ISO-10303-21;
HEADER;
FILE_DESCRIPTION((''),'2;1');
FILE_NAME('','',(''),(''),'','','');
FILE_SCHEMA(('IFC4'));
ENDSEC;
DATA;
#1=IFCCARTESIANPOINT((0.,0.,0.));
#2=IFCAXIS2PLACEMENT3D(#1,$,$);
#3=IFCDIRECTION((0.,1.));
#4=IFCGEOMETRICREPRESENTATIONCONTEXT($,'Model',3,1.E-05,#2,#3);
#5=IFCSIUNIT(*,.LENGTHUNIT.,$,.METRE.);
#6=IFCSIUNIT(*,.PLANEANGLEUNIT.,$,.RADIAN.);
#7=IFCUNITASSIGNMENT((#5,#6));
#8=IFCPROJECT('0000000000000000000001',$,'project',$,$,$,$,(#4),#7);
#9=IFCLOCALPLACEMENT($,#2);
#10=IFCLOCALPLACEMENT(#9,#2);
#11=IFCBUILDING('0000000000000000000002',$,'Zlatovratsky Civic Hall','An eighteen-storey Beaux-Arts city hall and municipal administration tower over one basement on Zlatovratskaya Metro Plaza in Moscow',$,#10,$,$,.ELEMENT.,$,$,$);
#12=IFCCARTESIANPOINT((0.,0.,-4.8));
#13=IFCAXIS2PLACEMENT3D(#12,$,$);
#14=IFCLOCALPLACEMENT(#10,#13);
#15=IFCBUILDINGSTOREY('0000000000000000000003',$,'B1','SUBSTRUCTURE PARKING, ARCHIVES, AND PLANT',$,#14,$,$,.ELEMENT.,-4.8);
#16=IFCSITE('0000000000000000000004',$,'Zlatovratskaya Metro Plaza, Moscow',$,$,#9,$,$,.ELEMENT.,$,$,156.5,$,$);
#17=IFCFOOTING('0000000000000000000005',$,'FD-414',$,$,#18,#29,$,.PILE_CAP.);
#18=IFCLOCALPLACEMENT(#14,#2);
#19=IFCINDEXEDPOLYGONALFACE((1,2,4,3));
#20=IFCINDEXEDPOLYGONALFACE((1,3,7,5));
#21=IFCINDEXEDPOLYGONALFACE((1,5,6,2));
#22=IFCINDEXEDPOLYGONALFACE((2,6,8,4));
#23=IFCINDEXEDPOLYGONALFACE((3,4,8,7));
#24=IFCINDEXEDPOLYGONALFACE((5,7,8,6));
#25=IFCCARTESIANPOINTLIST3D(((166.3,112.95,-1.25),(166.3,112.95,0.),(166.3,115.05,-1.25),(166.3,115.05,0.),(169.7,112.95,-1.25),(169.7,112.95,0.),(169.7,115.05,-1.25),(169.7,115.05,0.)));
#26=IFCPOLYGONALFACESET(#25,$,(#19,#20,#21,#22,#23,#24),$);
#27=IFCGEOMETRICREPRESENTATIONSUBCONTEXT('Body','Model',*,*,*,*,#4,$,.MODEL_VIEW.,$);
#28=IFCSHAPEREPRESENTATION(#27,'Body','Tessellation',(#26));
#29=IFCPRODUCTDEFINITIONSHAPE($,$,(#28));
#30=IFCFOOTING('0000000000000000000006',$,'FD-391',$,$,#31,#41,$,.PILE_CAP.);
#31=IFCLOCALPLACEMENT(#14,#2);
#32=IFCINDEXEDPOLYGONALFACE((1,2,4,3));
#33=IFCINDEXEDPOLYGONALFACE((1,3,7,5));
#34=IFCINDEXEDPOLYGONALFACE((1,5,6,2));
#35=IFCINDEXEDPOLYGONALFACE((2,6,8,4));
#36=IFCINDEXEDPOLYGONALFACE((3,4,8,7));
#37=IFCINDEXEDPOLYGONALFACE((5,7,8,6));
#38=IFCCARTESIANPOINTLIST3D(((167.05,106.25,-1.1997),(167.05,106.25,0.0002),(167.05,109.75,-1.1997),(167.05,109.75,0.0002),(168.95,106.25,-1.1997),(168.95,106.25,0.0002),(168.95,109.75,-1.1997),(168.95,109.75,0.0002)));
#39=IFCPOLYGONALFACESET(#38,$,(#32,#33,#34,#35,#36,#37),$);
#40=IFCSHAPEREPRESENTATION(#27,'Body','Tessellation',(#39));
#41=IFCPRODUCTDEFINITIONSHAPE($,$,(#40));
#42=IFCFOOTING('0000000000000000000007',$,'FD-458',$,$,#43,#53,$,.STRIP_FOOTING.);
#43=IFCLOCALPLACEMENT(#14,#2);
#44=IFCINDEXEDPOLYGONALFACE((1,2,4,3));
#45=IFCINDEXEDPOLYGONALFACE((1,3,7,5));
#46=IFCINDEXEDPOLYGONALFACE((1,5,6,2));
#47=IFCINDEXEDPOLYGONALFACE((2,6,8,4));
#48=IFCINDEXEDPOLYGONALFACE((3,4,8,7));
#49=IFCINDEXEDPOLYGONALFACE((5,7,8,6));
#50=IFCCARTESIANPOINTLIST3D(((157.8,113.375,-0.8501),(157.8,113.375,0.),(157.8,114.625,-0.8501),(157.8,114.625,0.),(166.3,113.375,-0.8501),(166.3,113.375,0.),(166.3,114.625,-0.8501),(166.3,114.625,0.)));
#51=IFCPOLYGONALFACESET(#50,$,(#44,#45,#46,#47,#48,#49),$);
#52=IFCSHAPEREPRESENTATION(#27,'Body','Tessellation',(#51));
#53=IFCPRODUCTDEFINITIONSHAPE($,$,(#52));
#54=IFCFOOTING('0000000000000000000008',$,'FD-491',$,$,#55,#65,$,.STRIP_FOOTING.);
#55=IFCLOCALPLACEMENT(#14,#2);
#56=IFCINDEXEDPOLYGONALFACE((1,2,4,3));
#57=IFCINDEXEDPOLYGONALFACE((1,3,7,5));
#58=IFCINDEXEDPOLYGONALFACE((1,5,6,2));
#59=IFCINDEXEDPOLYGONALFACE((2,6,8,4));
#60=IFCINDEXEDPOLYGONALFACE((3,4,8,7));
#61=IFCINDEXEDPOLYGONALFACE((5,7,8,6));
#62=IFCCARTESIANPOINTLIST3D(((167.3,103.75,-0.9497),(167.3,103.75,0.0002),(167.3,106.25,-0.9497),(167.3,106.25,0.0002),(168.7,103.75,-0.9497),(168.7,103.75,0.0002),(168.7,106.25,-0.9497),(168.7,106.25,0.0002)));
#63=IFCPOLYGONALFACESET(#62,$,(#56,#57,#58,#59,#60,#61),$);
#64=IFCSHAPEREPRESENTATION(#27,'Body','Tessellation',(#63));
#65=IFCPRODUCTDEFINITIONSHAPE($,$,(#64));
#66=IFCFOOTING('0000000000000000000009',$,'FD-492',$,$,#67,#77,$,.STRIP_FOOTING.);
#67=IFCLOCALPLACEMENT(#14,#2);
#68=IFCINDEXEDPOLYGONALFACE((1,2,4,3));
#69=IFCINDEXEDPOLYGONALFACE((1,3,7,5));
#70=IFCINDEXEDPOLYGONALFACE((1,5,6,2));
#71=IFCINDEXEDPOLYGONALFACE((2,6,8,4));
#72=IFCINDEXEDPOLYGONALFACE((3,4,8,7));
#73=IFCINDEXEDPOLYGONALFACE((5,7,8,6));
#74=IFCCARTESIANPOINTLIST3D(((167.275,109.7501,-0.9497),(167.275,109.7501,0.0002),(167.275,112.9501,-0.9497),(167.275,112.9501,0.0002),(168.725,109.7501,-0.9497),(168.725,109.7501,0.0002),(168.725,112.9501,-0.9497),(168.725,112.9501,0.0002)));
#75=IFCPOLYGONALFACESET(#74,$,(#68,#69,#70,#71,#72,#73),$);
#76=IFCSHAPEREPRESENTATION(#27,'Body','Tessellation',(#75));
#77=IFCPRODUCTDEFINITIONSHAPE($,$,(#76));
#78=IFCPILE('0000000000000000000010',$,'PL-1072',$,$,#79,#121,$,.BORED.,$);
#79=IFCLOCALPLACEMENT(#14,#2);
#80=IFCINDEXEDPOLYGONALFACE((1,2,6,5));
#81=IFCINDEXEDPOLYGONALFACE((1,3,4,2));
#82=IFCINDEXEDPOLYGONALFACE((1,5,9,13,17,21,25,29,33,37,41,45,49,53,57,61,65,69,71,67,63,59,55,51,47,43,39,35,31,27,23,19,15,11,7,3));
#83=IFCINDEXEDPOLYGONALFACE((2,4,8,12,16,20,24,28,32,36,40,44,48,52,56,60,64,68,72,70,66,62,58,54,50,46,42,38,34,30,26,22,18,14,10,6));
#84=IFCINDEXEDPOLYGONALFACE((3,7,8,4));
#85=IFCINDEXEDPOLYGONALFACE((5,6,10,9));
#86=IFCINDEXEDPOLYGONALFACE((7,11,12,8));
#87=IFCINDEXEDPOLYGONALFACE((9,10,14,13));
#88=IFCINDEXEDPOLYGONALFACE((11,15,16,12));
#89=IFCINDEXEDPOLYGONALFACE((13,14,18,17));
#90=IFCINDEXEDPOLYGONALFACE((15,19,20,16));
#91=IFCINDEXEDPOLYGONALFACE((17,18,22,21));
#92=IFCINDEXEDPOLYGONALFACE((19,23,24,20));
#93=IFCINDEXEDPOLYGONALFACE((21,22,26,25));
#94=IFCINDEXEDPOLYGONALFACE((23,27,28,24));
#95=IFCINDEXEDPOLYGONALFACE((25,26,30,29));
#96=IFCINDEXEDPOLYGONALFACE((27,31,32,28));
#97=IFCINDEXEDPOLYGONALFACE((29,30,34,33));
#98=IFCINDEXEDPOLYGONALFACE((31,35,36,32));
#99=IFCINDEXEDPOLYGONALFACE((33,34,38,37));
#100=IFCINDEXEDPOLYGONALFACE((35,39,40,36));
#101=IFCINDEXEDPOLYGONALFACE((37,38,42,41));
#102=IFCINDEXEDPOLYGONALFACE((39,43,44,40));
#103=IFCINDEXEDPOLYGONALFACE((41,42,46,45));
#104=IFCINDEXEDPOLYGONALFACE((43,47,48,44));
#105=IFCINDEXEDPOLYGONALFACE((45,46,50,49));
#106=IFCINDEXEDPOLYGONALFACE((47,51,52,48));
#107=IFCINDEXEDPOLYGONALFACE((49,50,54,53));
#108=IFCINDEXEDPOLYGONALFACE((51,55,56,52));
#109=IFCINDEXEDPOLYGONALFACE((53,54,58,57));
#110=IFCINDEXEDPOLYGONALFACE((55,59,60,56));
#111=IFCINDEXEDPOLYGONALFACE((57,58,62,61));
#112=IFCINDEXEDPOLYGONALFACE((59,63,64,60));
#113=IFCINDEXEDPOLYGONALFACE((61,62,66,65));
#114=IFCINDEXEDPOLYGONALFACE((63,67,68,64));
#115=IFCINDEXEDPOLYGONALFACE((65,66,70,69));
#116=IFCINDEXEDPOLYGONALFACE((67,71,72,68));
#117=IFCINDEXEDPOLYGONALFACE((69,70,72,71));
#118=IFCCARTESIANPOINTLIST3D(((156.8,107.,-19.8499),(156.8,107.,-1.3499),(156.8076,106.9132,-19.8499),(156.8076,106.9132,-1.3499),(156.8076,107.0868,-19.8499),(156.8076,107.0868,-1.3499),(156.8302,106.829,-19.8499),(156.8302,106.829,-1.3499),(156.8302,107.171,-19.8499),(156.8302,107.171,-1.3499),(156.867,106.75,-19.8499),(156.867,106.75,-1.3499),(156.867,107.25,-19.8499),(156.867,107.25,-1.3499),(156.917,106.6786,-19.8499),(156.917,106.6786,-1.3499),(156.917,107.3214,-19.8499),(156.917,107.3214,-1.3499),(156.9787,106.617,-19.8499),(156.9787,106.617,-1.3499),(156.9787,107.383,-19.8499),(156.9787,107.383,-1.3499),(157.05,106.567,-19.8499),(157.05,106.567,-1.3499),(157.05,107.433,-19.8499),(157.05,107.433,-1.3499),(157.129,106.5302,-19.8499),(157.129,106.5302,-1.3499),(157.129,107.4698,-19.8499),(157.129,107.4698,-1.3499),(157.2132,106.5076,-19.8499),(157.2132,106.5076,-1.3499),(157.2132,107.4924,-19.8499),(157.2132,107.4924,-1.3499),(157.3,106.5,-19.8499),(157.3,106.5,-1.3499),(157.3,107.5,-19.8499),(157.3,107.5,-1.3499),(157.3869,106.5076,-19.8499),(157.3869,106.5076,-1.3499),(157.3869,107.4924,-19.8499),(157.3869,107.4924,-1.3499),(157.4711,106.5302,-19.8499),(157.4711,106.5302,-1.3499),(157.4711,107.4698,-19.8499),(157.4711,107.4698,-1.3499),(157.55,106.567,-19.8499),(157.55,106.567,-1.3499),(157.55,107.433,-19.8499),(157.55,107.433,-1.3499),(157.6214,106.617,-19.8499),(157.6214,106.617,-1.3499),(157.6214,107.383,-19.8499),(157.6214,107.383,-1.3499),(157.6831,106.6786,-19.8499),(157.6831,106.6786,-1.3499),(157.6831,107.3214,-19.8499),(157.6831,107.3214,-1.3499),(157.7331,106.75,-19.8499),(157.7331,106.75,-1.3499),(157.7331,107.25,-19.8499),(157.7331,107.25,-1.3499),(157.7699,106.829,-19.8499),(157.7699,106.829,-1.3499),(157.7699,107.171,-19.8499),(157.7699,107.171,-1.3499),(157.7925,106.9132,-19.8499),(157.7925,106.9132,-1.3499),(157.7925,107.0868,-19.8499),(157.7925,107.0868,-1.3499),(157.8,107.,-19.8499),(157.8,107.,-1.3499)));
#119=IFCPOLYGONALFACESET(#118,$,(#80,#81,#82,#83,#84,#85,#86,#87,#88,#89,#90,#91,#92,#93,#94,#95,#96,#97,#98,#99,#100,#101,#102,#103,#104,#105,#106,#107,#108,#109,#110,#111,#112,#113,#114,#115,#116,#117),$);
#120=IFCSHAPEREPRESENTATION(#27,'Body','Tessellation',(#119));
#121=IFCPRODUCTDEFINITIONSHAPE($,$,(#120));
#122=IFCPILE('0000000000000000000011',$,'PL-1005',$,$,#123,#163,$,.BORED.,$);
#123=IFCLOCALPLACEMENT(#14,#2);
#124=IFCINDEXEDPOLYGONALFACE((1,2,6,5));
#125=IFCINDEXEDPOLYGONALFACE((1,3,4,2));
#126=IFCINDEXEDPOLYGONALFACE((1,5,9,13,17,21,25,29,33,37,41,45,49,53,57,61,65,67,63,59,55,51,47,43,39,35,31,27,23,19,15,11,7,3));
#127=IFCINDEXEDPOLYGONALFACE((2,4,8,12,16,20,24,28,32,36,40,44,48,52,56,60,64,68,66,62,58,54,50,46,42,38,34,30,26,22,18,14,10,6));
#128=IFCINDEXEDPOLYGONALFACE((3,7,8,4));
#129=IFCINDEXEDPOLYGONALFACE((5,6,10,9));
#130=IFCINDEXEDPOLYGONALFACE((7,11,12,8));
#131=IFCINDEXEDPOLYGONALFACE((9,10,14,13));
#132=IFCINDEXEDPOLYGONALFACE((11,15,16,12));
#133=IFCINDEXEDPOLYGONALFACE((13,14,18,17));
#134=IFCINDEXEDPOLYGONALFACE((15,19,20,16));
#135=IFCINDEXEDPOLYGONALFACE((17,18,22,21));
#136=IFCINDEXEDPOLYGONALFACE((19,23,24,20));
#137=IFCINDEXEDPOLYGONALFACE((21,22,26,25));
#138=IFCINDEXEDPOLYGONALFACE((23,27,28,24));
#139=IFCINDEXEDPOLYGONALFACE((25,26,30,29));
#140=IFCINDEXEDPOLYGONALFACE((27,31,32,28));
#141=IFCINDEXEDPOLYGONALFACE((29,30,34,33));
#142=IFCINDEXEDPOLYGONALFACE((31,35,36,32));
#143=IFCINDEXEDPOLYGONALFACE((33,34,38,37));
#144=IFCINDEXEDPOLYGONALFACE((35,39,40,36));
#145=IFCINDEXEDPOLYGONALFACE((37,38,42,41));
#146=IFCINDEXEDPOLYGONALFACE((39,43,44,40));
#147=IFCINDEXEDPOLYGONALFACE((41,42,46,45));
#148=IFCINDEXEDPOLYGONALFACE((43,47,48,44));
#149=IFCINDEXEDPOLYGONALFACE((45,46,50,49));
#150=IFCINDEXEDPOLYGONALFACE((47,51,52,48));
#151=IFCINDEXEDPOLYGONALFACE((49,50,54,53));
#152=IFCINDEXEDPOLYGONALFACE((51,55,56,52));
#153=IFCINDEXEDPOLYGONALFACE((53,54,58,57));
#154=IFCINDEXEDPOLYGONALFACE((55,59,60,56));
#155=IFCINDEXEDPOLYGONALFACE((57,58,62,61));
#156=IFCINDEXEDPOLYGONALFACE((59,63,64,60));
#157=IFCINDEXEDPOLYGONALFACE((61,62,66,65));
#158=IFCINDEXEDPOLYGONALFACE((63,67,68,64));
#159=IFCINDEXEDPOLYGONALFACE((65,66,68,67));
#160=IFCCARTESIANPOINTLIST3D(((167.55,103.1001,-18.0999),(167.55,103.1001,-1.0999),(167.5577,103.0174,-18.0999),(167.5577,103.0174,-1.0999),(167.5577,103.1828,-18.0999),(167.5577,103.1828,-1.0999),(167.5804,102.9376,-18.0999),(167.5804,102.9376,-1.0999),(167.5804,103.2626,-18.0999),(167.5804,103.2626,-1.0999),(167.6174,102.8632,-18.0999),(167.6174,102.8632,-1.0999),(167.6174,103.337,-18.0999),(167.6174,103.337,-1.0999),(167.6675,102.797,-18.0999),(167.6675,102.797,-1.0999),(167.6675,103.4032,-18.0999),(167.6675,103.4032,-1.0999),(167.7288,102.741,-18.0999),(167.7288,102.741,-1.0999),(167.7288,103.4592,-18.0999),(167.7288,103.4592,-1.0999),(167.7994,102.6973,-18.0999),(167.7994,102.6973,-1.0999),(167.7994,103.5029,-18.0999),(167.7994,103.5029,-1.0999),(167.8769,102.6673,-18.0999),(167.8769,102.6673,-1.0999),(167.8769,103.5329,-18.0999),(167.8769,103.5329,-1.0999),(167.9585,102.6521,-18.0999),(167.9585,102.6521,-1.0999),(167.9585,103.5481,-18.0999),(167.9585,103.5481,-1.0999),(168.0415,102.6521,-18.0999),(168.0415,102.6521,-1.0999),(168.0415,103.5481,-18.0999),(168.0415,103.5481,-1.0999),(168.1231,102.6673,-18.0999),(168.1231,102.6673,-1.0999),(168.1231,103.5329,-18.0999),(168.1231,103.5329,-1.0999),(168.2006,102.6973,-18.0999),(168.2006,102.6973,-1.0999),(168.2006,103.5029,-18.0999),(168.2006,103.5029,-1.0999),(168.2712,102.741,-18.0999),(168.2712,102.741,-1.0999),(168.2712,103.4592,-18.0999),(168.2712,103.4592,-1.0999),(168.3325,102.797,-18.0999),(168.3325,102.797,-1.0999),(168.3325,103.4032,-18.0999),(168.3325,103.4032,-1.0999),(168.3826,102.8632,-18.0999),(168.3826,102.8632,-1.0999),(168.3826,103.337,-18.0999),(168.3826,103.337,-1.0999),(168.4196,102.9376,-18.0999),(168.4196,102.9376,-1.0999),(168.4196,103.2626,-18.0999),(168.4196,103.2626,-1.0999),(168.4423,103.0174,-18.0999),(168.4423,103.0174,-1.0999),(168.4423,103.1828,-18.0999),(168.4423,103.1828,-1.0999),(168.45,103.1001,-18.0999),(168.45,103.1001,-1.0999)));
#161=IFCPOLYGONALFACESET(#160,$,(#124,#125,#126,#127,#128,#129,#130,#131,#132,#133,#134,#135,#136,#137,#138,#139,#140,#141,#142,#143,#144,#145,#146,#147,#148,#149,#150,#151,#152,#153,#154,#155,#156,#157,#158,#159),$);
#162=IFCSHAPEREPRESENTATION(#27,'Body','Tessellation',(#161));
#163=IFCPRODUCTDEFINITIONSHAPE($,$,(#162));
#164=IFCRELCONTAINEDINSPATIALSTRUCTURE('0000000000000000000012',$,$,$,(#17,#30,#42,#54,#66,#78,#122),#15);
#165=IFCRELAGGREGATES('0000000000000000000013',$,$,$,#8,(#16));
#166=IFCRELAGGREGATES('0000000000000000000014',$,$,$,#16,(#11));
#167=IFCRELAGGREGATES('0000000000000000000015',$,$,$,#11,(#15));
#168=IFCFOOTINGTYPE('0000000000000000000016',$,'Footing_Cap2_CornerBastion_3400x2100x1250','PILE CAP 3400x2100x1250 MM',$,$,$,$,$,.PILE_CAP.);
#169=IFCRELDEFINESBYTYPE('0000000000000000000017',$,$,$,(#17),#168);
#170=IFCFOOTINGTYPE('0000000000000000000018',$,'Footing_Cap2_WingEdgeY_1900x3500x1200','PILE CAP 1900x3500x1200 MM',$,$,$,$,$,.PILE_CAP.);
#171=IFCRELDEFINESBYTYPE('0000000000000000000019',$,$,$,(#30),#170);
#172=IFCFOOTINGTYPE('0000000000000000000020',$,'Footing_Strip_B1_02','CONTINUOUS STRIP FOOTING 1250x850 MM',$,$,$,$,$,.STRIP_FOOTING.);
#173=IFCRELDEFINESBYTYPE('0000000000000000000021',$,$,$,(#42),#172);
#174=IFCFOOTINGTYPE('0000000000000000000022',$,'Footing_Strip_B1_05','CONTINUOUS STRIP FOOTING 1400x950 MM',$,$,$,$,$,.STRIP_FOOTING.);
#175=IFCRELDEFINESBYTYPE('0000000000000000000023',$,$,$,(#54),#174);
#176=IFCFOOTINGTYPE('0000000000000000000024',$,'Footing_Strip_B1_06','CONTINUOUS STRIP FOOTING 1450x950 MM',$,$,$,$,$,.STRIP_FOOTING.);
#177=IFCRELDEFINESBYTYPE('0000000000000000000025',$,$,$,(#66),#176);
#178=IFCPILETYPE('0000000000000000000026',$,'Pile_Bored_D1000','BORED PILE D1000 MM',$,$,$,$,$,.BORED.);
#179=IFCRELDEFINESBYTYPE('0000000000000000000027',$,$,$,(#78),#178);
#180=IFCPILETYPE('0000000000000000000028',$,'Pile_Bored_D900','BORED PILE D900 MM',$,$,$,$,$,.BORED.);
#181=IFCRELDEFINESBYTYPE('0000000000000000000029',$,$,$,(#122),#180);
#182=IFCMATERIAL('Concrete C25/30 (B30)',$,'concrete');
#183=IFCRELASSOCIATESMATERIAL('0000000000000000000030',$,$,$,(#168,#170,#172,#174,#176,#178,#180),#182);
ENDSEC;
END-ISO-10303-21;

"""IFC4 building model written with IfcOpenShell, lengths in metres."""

from ifc_helpers import new_model, si_unit, direction, frame, origin, origin_2d, place, context, subcontext, project, spatial, rectangle, circle, extrude, material, material_profile, profile_set, type_object, element, save


model = new_model("IFC4")

# Units and contexts
model_context = context("Model", 3, precision=1e-05, world=origin(), true_north=direction((0.0, 1.0)))
body_context = subcontext(model_context, "Body", "Model", "MODEL_VIEW")
ifc_project = project(units=[si_unit("LENGTHUNIT", "METRE"), si_unit("PLANEANGLEUNIT", "RADIAN")], contexts=[model_context])

# Site, building, storey
site_placement = place(None, origin())
site = spatial("IfcSite", under=ifc_project, at=site_placement, Name="Zlatovratskaya Metro Plaza, Moscow", CompositionType="ELEMENT", RefElevation=156.5)
building_placement = place(site_placement, origin())
building = spatial("IfcBuilding", under=site, at=building_placement, Name="Zlatovratsky Civic Hall", Description="An eighteen-storey Beaux-Arts city hall and municipal administration tower over one basement on Zlatovratskaya Metro Plaza in Moscow", CompositionType="ELEMENT")
storey_placement = place(building_placement, frame((0.0, 0.0, -4.8)))
storey = spatial("IfcBuildingStorey", under=building, at=storey_placement, Name="B1", Description="SUBSTRUCTURE PARKING, ARCHIVES, AND PLANT", CompositionType="ELEMENT", Elevation=-4.8)

# Footings
ifc_material_1 = material(Name="Concrete C25/30 (B30)", Category="concrete")
footing_type_1 = type_object("IfcFootingType", Name="Footing_Cap2_CornerBastion_3400x2100x1250", Description="PILE CAP 3400x2100x1250 MM", PredefinedType="PILE_CAP", material=ifc_material_1)
footing_1_placement = place(storey_placement, frame((168.0, 114.0, -1.25), z_axis=(0.0, 0.0, 1.0), x_axis=(1.0, 0.0, 0.0)))
element("IfcFooting", 1, at=footing_1_placement, inside=storey, type_object=footing_type_1, Name="FD-414", PredefinedType="PILE_CAP", context=body_context, shape_type="SweptSolid", body=[
    extrude(rectangle(XDim=3.3999, YDim=2.1001, at=origin_2d()), origin(), (0.0, 0.0, 1.0), 1.25),
])
footing_type_2 = type_object("IfcFootingType", Name="Footing_Cap2_WingEdgeY_1900x3500x1200", Description="PILE CAP 1900x3500x1200 MM", PredefinedType="PILE_CAP", material=ifc_material_1)
footing_2_placement = place(storey_placement, frame((168.0, 108.0, -1.1997), z_axis=(0.0, 0.0, 1.0), x_axis=(1.0, 0.0, 0.0)))
element("IfcFooting", 2, at=footing_2_placement, inside=storey, type_object=footing_type_2, Name="FD-391", PredefinedType="PILE_CAP", context=body_context, shape_type="SweptSolid", body=[
    extrude(rectangle(XDim=1.8999, YDim=3.5, at=origin_2d()), origin(), (0.0, 0.0, 1.0), 1.2),
])
footing_type_3 = type_object("IfcFootingType", Name="Footing_Strip_B1_02", Description="CONTINUOUS STRIP FOOTING 1250x850 MM", PredefinedType="STRIP_FOOTING", material=ifc_material_1)
footing_3_placement = place(storey_placement, frame((162.05, 114.0, -0.8501), z_axis=(0.0, 0.0, 1.0), x_axis=(1.0, 0.0, 0.0)))
element("IfcFooting", 3, at=footing_3_placement, inside=storey, type_object=footing_type_3, Name="FD-458", PredefinedType="STRIP_FOOTING", context=body_context, shape_type="SweptSolid", body=[
    extrude(rectangle(XDim=8.5, YDim=1.25, at=origin_2d()), origin(), (0.0, 0.0, 1.0), 0.8501),
])
footing_type_4 = type_object("IfcFootingType", Name="Footing_Strip_B1_05", Description="CONTINUOUS STRIP FOOTING 1400x950 MM", PredefinedType="STRIP_FOOTING", material=ifc_material_1)
footing_4_placement = place(storey_placement, frame((168.0, 105.0, -0.9497), z_axis=(0.0, 0.0, 1.0), x_axis=(1.0, 0.0, 0.0)))
element("IfcFooting", 4, at=footing_4_placement, inside=storey, type_object=footing_type_4, Name="FD-491", PredefinedType="STRIP_FOOTING", context=body_context, shape_type="SweptSolid", body=[
    extrude(rectangle(XDim=1.3999, YDim=2.5, at=origin_2d()), origin(), (0.0, 0.0, 1.0), 0.95),
])
footing_type_5 = type_object("IfcFootingType", Name="Footing_Strip_B1_06", Description="CONTINUOUS STRIP FOOTING 1450x950 MM", PredefinedType="STRIP_FOOTING", material=ifc_material_1)
footing_5_placement = place(storey_placement, frame((168.0, 111.3501, -0.9497), z_axis=(0.0, 0.0, 1.0), x_axis=(1.0, 0.0, 0.0)))
element("IfcFooting", 5, at=footing_5_placement, inside=storey, type_object=footing_type_5, Name="FD-492", PredefinedType="STRIP_FOOTING", context=body_context, shape_type="SweptSolid", body=[
    extrude(rectangle(XDim=1.45, YDim=3.2, at=origin_2d()), origin(), (0.0, 0.0, 1.0), 0.95),
])

# Piles
ifc_material_profile_1 = material_profile(ifc_material_1, circle(Radius=0.5, at=origin_2d()), Name="PILE D1000")
ifc_profile_set_1 = profile_set([ifc_material_profile_1], Name="Concrete C25/30 (B30)")
pile_type_1 = type_object("IfcPileType", Name="Pile_Bored_D1000", Description="BORED PILE D1000 MM", PredefinedType="BORED", material=ifc_profile_set_1)
pile_placement = place(storey_placement, frame((157.3, 107.0, -1.3499), z_axis=(0.0, 0.0, -1.0), x_axis=(1.0, 0.0, 0.0)))
element("IfcPile", 6, at=pile_placement, inside=storey, type_object=pile_type_1, Name="PL-1072", PredefinedType="BORED", context=body_context, shape_type="SweptSolid", body=[
    extrude(circle(Radius=0.5, at=origin_2d()), origin(), (0.0, 0.0, 1.0), 18.5),
])
ifc_material_profile_2 = material_profile(ifc_material_1, circle(Radius=0.45, at=origin_2d()), Name="PILE D900")
ifc_profile_set_2 = profile_set([ifc_material_profile_2], Name="Concrete C25/30 (B30)")
pile_type_2 = type_object("IfcPileType", Name="Pile_Bored_D900", Description="BORED PILE D900 MM", PredefinedType="BORED", material=ifc_profile_set_2)
for number, where, z_axis, x_axis, name in (
    (7, (168.0, 103.1001, -1.0999), (0.0, 0.0, -1.0), (1.0, 0.0, 0.0), "PL-1005"),
):
    element("IfcPile", number, at=place(storey_placement, frame(where, z_axis=z_axis, x_axis=x_axis)), inside=storey, type_object=pile_type_2, Name=name, PredefinedType="BORED", context=body_context, shape_type="SweptSolid", body=[
        extrude(circle(Radius=0.45, at=origin_2d()), origin(), (0.0, 0.0, 1.0), 17.0),
    ])

save(model, "model.ifc")
